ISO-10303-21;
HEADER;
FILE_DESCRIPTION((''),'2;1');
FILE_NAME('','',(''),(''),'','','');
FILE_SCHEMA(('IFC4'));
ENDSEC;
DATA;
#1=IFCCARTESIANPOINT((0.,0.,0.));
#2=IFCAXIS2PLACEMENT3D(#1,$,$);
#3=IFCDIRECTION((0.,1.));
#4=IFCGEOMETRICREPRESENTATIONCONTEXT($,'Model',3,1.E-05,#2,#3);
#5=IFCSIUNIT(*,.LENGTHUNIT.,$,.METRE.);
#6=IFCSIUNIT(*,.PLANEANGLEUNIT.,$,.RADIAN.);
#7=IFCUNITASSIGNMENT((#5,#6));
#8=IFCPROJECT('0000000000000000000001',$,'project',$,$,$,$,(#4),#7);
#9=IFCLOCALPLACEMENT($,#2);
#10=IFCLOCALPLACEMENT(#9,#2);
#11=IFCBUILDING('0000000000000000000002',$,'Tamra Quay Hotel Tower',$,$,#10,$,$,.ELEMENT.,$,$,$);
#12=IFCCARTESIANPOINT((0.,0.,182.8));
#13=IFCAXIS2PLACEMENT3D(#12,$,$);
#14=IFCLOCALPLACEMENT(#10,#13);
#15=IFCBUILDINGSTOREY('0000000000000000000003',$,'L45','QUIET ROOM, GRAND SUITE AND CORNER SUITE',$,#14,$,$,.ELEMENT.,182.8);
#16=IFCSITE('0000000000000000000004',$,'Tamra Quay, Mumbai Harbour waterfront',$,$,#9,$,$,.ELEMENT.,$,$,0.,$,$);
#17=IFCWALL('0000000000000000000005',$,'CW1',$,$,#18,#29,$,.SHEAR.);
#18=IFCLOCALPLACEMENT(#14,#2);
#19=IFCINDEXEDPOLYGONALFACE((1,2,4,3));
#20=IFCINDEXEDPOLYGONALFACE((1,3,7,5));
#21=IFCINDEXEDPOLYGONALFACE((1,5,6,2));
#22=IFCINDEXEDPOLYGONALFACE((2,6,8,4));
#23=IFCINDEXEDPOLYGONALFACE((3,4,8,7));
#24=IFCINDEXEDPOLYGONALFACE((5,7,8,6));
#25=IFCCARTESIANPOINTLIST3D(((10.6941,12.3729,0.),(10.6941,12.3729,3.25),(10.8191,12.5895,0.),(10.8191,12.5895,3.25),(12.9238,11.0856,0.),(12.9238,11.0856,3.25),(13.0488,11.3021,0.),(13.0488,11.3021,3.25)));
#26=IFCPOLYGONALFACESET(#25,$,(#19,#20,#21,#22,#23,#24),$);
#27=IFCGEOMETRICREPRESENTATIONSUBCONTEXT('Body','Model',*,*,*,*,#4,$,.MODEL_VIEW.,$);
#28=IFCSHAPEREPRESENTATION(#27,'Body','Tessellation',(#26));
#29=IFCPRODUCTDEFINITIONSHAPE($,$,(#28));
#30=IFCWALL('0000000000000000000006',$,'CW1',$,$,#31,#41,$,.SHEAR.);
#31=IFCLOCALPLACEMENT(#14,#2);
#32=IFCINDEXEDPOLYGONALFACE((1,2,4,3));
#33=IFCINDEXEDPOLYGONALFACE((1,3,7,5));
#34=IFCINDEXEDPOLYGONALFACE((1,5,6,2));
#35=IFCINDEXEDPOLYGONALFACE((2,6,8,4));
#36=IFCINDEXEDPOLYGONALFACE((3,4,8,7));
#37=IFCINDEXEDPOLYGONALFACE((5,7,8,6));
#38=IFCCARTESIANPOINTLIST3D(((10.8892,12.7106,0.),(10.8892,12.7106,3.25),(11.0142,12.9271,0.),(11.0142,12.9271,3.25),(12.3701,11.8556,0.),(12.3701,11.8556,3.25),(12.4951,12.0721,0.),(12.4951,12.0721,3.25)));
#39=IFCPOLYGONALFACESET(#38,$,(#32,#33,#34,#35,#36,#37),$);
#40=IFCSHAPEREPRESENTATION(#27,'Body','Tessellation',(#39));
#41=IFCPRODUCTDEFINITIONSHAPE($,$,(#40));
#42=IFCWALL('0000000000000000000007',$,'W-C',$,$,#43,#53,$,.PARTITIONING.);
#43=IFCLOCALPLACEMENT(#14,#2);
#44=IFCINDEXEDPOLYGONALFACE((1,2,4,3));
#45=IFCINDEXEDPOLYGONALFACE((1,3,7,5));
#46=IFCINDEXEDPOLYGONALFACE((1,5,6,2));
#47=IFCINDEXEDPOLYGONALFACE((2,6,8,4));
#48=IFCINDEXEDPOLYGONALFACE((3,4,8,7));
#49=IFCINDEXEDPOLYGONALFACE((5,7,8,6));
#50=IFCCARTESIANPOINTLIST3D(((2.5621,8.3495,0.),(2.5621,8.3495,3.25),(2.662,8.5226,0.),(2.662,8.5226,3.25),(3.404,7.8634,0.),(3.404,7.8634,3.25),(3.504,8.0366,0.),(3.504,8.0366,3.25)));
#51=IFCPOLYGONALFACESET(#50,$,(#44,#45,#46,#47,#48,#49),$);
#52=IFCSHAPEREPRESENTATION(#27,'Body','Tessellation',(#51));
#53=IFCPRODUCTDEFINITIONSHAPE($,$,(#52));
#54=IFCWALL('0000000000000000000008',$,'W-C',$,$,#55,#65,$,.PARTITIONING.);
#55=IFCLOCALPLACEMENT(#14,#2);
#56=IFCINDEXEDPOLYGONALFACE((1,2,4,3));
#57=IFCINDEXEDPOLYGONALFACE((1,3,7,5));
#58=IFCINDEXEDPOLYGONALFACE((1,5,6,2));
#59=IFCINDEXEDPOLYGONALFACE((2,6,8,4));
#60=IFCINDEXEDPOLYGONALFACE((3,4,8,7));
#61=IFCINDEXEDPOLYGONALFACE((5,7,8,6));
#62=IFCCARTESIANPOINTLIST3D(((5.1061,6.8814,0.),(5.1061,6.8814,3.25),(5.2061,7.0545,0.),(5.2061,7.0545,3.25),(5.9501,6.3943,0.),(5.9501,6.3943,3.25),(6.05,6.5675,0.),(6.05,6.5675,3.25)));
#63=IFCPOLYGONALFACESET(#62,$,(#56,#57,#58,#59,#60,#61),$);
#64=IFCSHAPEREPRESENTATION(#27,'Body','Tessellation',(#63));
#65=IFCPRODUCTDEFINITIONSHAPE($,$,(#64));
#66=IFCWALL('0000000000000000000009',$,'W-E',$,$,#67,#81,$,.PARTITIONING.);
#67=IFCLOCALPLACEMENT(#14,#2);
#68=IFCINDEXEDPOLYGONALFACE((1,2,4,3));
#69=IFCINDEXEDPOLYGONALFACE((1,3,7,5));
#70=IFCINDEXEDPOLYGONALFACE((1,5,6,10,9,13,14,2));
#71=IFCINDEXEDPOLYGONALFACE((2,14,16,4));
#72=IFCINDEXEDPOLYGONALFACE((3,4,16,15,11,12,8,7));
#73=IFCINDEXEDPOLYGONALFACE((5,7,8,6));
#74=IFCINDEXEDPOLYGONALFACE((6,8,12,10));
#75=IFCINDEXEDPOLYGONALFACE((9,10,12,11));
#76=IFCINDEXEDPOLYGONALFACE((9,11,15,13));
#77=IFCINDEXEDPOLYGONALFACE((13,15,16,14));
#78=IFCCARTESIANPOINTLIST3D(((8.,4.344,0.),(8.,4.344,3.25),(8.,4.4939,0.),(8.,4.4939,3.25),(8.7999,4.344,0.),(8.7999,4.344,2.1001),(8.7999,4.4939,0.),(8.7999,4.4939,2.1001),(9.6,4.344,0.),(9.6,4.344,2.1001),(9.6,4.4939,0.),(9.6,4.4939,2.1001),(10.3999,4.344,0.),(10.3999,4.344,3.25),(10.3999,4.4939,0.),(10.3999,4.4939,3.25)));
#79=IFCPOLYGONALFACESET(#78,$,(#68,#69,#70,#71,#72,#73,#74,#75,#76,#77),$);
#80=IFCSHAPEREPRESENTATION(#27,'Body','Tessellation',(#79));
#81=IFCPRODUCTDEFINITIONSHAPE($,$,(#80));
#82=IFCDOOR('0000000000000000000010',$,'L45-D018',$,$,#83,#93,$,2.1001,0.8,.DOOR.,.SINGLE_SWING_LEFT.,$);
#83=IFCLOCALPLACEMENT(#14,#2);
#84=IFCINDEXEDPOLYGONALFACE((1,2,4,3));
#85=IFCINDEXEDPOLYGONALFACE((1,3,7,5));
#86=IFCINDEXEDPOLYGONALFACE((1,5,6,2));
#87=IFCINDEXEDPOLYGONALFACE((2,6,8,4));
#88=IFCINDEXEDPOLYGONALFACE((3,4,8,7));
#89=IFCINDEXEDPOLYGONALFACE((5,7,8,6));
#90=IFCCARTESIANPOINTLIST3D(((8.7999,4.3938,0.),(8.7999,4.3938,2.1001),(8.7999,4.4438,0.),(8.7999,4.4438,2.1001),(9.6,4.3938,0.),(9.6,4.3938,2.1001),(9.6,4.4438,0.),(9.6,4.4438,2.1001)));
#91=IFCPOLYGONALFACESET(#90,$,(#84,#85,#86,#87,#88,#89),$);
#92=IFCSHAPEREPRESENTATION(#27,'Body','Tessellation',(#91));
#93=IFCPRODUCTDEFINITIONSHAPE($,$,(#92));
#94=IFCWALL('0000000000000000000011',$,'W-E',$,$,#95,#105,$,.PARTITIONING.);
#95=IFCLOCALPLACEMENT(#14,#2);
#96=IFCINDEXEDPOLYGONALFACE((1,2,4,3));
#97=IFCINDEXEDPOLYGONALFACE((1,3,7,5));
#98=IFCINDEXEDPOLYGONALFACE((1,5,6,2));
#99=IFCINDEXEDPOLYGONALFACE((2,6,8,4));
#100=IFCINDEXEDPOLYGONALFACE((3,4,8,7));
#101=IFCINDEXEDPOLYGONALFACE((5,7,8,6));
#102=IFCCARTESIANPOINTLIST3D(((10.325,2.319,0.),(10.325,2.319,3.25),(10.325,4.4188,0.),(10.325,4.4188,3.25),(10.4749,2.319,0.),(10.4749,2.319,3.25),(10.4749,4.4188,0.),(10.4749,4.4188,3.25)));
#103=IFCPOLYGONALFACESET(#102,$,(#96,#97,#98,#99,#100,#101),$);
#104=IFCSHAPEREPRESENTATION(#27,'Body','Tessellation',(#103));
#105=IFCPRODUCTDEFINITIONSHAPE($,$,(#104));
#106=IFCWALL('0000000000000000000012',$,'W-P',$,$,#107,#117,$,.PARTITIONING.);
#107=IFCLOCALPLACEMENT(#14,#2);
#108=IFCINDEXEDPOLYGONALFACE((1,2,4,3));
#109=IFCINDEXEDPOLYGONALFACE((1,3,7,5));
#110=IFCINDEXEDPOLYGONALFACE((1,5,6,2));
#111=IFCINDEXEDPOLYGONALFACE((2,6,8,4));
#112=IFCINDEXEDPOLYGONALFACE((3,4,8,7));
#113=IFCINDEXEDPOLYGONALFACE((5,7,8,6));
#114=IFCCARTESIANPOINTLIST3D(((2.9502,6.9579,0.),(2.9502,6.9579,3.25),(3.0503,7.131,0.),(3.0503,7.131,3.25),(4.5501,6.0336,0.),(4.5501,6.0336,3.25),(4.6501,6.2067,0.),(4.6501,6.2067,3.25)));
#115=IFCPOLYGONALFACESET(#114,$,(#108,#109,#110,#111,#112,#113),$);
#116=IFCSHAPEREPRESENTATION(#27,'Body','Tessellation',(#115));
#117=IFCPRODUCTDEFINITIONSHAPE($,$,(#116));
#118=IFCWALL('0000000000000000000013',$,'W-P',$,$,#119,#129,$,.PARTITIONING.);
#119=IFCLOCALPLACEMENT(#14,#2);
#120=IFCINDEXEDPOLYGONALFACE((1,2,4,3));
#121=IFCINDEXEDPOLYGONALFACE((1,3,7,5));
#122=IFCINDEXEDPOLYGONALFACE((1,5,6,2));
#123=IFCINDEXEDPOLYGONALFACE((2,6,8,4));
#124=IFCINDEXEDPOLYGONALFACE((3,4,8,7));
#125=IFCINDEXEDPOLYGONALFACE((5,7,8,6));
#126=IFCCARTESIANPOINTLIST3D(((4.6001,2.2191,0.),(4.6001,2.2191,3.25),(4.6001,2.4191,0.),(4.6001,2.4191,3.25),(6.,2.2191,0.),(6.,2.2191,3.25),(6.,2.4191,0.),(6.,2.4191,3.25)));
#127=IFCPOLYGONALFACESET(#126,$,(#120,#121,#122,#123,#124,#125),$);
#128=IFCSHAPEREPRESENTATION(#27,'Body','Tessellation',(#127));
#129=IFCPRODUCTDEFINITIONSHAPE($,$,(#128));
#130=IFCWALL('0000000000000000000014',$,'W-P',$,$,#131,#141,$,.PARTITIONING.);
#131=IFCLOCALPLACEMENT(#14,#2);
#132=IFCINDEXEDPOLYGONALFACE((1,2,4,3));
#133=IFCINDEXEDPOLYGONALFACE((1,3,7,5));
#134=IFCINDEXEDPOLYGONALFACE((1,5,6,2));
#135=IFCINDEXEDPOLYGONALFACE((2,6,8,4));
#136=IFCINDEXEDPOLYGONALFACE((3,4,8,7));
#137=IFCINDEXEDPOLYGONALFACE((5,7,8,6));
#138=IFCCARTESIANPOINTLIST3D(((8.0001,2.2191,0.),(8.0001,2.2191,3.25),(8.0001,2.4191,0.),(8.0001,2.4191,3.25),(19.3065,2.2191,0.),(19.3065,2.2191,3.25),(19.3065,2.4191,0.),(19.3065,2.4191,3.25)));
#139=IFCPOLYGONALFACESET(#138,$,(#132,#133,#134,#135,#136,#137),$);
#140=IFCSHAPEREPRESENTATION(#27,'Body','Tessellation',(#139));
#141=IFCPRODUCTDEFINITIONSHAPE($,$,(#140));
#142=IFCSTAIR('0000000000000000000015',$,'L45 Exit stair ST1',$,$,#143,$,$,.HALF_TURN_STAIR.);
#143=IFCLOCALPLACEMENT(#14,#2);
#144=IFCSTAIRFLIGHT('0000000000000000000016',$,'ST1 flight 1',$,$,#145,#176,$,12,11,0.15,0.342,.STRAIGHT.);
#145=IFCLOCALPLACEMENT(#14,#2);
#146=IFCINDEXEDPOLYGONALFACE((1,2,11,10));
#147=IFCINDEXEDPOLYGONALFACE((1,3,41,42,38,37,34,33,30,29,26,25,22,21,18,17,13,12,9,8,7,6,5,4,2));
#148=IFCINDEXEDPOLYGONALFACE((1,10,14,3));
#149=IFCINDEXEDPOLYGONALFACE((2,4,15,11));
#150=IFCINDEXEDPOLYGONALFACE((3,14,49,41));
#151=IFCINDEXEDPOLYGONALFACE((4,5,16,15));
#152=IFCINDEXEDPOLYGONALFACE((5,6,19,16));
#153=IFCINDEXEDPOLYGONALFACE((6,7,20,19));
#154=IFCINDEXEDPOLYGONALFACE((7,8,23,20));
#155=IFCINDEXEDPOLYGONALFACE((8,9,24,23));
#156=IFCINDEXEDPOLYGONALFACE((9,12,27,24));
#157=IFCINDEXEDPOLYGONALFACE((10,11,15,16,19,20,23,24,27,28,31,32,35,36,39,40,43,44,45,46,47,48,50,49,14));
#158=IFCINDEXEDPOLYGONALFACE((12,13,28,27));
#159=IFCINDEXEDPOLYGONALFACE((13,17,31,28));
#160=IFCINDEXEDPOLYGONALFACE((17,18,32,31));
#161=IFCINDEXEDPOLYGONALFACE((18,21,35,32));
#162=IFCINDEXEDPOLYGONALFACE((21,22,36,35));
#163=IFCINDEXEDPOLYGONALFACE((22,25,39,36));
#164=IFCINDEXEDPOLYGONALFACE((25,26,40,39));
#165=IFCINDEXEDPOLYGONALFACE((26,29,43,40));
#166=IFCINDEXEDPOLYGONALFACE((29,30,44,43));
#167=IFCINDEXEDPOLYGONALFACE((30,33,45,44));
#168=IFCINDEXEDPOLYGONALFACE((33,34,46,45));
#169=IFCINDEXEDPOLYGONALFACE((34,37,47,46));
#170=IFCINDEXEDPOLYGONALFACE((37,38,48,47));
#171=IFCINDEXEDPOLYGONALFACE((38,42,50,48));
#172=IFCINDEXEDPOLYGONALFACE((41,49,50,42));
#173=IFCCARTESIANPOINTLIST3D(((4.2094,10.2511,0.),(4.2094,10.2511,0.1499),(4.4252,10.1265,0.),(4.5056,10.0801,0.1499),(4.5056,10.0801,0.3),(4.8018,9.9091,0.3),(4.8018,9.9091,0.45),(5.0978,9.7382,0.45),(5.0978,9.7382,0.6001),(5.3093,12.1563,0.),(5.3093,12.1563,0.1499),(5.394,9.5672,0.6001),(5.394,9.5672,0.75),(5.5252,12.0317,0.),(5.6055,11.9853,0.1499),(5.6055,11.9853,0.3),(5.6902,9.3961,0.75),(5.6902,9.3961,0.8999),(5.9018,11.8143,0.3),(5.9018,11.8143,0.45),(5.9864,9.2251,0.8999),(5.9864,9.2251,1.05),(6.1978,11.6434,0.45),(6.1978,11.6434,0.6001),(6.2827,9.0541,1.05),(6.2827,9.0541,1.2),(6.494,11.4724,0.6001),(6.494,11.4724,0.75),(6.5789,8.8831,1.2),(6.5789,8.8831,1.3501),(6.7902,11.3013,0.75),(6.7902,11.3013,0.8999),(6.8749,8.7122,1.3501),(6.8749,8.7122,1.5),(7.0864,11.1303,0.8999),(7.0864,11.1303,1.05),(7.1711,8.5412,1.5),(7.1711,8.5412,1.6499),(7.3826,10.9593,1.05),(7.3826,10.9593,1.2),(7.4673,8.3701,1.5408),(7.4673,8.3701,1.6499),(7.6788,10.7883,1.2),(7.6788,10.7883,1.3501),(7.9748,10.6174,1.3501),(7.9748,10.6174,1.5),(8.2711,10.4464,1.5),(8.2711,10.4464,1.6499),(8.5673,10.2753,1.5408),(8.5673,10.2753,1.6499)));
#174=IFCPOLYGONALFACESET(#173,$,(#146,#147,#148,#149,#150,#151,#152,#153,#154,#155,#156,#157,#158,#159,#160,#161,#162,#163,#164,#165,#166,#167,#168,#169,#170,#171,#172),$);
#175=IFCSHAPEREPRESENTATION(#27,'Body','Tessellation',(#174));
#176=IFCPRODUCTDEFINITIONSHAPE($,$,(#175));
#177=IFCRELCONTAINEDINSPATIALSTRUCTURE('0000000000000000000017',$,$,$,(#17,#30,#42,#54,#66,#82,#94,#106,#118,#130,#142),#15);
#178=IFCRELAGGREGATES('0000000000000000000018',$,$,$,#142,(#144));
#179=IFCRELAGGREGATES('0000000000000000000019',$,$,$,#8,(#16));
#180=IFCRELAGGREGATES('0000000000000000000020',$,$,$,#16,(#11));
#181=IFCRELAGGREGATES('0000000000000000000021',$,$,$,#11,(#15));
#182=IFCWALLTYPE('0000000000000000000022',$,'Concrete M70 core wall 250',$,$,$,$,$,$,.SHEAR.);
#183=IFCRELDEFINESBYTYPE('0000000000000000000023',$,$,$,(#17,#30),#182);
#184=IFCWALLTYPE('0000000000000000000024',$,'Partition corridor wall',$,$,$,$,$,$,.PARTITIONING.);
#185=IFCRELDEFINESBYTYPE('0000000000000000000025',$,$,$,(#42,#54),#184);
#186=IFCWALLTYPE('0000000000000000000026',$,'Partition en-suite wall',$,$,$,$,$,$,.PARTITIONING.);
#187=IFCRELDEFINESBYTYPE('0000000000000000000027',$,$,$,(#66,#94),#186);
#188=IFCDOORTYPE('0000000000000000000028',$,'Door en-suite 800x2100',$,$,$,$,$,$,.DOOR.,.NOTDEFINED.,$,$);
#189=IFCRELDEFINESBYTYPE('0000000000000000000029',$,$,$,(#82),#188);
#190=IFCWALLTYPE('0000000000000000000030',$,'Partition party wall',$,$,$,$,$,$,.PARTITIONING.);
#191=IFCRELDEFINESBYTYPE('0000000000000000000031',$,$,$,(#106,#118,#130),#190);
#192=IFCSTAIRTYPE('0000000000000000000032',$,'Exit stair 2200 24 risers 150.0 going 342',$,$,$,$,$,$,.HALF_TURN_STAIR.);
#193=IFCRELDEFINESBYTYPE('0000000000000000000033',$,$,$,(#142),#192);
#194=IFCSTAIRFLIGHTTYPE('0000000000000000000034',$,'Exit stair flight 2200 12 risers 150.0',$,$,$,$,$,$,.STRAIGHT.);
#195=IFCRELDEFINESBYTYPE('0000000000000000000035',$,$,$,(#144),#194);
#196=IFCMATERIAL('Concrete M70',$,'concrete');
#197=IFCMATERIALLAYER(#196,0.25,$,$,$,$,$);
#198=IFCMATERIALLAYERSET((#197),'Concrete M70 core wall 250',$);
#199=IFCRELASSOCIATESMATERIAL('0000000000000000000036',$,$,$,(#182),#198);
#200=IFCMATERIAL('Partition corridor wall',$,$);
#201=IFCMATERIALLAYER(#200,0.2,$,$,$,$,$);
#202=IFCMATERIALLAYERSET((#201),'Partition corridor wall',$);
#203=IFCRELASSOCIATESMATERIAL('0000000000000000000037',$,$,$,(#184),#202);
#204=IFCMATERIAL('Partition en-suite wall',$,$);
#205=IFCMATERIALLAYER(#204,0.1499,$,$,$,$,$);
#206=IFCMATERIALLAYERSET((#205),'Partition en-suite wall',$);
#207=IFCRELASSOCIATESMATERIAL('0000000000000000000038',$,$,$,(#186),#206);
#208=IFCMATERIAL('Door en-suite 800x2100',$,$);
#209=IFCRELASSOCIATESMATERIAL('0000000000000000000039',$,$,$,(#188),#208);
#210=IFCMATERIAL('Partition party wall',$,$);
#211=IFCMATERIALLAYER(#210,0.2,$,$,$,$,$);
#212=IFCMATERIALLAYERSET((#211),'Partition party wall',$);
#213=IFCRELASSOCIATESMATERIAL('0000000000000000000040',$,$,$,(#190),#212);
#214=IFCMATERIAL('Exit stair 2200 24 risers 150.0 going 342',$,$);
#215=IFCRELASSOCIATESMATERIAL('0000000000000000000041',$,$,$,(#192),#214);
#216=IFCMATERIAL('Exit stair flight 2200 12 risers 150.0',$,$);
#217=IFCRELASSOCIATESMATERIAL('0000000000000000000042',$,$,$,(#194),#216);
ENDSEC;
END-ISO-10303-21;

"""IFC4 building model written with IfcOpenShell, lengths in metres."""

from ifc_helpers import new_model, si_unit, direction, frame, frame_2d, origin, place, context, subcontext, project, spatial, polyline, rectangle, outline, extrude, material, layer, layer_set, type_object, element, fill, aggregate, save


model = new_model("IFC4")

# Units and contexts
model_context = context("Model", 3, precision=1e-05, world=origin(), true_north=direction((0.0, 1.0)))
body_context = subcontext(model_context, "Body", "Model", "MODEL_VIEW")
ifc_project = project(units=[si_unit("LENGTHUNIT", "METRE"), si_unit("PLANEANGLEUNIT", "RADIAN")], contexts=[model_context])

# Site, building, storey
site_placement = place(None, origin())
site = spatial("IfcSite", under=ifc_project, at=site_placement, Name="Tamra Quay, Mumbai Harbour waterfront", CompositionType="ELEMENT", RefElevation=0.0)
building_placement = place(site_placement, origin())
building = spatial("IfcBuilding", under=site, at=building_placement, Name="Tamra Quay Hotel Tower", CompositionType="ELEMENT")
storey_placement = place(building_placement, frame((0.0, 0.0, 182.8)))
storey = spatial("IfcBuildingStorey", under=building, at=storey_placement, Name="L45", Description="QUIET ROOM, GRAND SUITE AND CORNER SUITE", CompositionType="ELEMENT", Elevation=182.8)

# Shared definitions
ifc_material_1 = material(Name="Concrete M70", Category="concrete")

# Shared definitions
ifc_layer_1 = layer(ifc_material_1, 0.25)
ifc_layer_set_1 = layer_set([ifc_layer_1], Name="Concrete M70 core wall 250")
wall_type_1 = type_object("IfcWallType", Name="Concrete M70 core wall 250", PredefinedType="SHEAR", material=ifc_layer_set_1)

# Walls
wall_1_placement = place(storey_placement, frame((10.7566, 12.4812, 0.0), z_axis=(0.0, 0.0, 1.0), x_axis=(0.866023, -0.500004, 0.0)))
element("IfcWall", 1, at=wall_1_placement, inside=storey, type_object=wall_type_1, Name="CW1", PredefinedType="SHEAR", context=body_context, shape_type="SweptSolid", body=[
    extrude(rectangle(XDim=2.5747, YDim=0.25, at=frame_2d((1.2874, 0.0))), origin(), (0.0, 0.0, 1.0), 3.25),
])
wall_2_placement = place(storey_placement, frame((12.4326, 11.9639, 0.0), z_axis=(0.0, 0.0, 1.0), x_axis=(-0.866038, 0.499978, 0.0)))
element("IfcWall", 2, at=wall_2_placement, inside=storey, type_object=wall_type_1, Name="CW1", PredefinedType="SHEAR", context=body_context, shape_type="SweptSolid", body=[
    extrude(rectangle(XDim=1.71, YDim=0.25, at=frame_2d((0.855, 0.0))), origin(), (0.0, 0.0, 1.0), 3.25),
])
ifc_material_2 = material(Name="Partition corridor wall")
ifc_layer_2 = layer(ifc_material_2, 0.2)
ifc_layer_set_2 = layer_set([ifc_layer_2], Name="Partition corridor wall")
wall_type_2 = type_object("IfcWallType", Name="Partition corridor wall", PredefinedType="PARTITIONING", material=ifc_layer_set_2)
wall_3_placement = place(storey_placement, frame((2.6121, 8.436, 0.0), z_axis=(0.0, 0.0, 1.0), x_axis=(0.866056, -0.499947, 0.0)))
element("IfcWall", 3, at=wall_3_placement, inside=storey, type_object=wall_type_2, Name="W-C", PredefinedType="PARTITIONING", context=body_context, shape_type="SweptSolid", body=[
    extrude(rectangle(XDim=0.9722, YDim=0.2, at=frame_2d((0.4861, 0.0))), origin(), (0.0, 0.0, 1.0), 3.25),
])
wall_4_placement = place(storey_placement, frame((5.156, 6.968, 0.0), z_axis=(0.0, 0.0, 1.0), x_axis=(0.866123, -0.499831, 0.0)))
element("IfcWall", 4, at=wall_4_placement, inside=storey, type_object=wall_type_2, Name="W-C", PredefinedType="PARTITIONING", context=body_context, shape_type="SweptSolid", body=[
    extrude(rectangle(XDim=0.9744, YDim=0.2, at=frame_2d((0.4873, 0.0))), origin(), (0.0, 0.0, 1.0), 3.25),
])

# Wall, opening, door
ifc_material_3 = material(Name="Partition en-suite wall")
ifc_layer_3 = layer(ifc_material_3, 0.1499)
ifc_layer_set_3 = layer_set([ifc_layer_3], Name="Partition en-suite wall")
wall_type_3 = type_object("IfcWallType", Name="Partition en-suite wall", PredefinedType="PARTITIONING", material=ifc_layer_set_3)
wall_5_placement = place(storey_placement, frame((8.0, 4.4189, 0.0), z_axis=(0.0, 0.0, 1.0), x_axis=(1.0, 0.0, 0.0)))
wall_5 = element("IfcWall", 5, at=wall_5_placement, inside=storey, type_object=wall_type_3, Name="W-E", PredefinedType="PARTITIONING", context=body_context, shape_type="SweptSolid", body=[
    extrude(rectangle(XDim=2.3999, YDim=0.1499, at=frame_2d((1.2, 0.0))), origin(), (0.0, 0.0, 1.0), 3.25),
])
opening_1_placement = place(wall_5_placement, frame((0.8, 0.0, 0.0)))
opening_1 = element("IfcOpeningElement", 6, at=opening_1_placement, cuts=wall_5, PredefinedType="OPENING", context=body_context, shape_type="SweptSolid", body=[
    extrude(rectangle(XDim=0.8, YDim=2.1001, at=frame_2d((0.3999, 1.05))), frame((0.0, 0.085, 0.0), z_axis=(0.0, -1.0, 0.0), x_axis=(1.0, 0.0, 0.0)), (0.0, 0.0, 1.0), 0.1699),
])
ifc_material_4 = material(Name="Door en-suite 800x2100")
door_type_1 = type_object("IfcDoorType", Name="Door en-suite 800x2100", OperationType="NOTDEFINED", PredefinedType="DOOR", material=ifc_material_4)
door_1_placement = place(opening_1_placement, origin())
door_1 = element("IfcDoor", 7, at=door_1_placement, inside=storey, type_object=door_type_1, Name="L45-D018", OperationType="SINGLE_SWING_LEFT", OverallHeight=2.1001, OverallWidth=0.8, PredefinedType="DOOR", context=body_context, shape_type="SweptSolid", body=[
    extrude(rectangle(XDim=0.8, YDim=2.1001, at=frame_2d((0.3999, 1.05))), frame((0.0, 0.0249, 0.0), z_axis=(0.0, -1.0, 0.0), x_axis=(1.0, 0.0, 0.0)), (0.0, 0.0, 1.0), 0.05),
])
fill(opening_1, door_1)

# Walls
wall_6_placement = place(storey_placement, frame((10.3999, 2.3191, 0.0), z_axis=(0.0, 0.0, 1.0), x_axis=(0.0, 1.0, 0.0)))
element("IfcWall", 8, at=wall_6_placement, inside=storey, type_object=wall_type_3, Name="W-E", PredefinedType="PARTITIONING", context=body_context, shape_type="SweptSolid", body=[
    extrude(rectangle(XDim=2.0999, YDim=0.1499, at=frame_2d((1.0498, 0.0))), origin(), (0.0, 0.0, 1.0), 3.25),
])
ifc_material_5 = material(Name="Partition party wall")
ifc_layer_4 = layer(ifc_material_5, 0.2)
ifc_layer_set_4 = layer_set([ifc_layer_4], Name="Partition party wall")
wall_type_4 = type_object("IfcWallType", Name="Partition party wall", PredefinedType="PARTITIONING", material=ifc_layer_set_4)
wall_7_placement = place(storey_placement, frame((3.0002, 7.0444, 0.0), z_axis=(0.0, 0.0, 1.0), x_axis=(0.865875, -0.50026, 0.0)))
element("IfcWall", 9, at=wall_7_placement, inside=storey, type_object=wall_type_4, Name="W-P", PredefinedType="PARTITIONING", context=body_context, shape_type="SweptSolid", body=[
    extrude(rectangle(XDim=1.8477, YDim=0.2, at=frame_2d((0.9238, 0.0))), origin(), (0.0, 0.0, 1.0), 3.25),
])
wall_8_placement = place(storey_placement, frame((4.6001, 2.3191, 0.0), z_axis=(0.0, 0.0, 1.0), x_axis=(1.0, 0.0, 0.0)))
element("IfcWall", 10, at=wall_8_placement, inside=storey, type_object=wall_type_4, Name="W-P", PredefinedType="PARTITIONING", context=body_context, shape_type="SweptSolid", body=[
    extrude(rectangle(XDim=1.3999, YDim=0.2, at=frame_2d((0.7, 0.0))), origin(), (0.0, 0.0, 1.0), 3.25),
])
wall_9_placement = place(storey_placement, frame((8.0, 2.3191, 0.0), z_axis=(0.0, 0.0, 1.0), x_axis=(1.0, 0.0, 0.0)))
element("IfcWall", 11, at=wall_9_placement, inside=storey, type_object=wall_type_4, Name="W-P", PredefinedType="PARTITIONING", context=body_context, shape_type="SweptSolid", body=[
    extrude(rectangle(XDim=11.3064, YDim=0.2, at=frame_2d((5.6533, 0.0))), origin(), (0.0, 0.0, 1.0), 3.25),
])

# Stair, stair flight
ifc_material_6 = material(Name="Exit stair 2200 24 risers 150.0 going 342")
stair_type = type_object("IfcStairType", Name="Exit stair 2200 24 risers 150.0 going 342", PredefinedType="HALF_TURN_STAIR", material=ifc_material_6)
stair_placement = place(storey_placement, origin())
stair = element("IfcStair", 12, at=stair_placement, inside=storey, type_object=stair_type, Name="L45 Exit stair ST1", PredefinedType="HALF_TURN_STAIR")
ifc_material_7 = material(Name="Exit stair flight 2200 12 risers 150.0")
stair_flight_type = type_object("IfcStairFlightType", Name="Exit stair flight 2200 12 risers 150.0", PredefinedType="STRAIGHT", material=ifc_material_7)
stair_flight_1_placement = place(storey_placement, frame((4.7593, 11.2036, 0.0), z_axis=(0.0, 0.0, 1.0), x_axis=(0.866025, -0.5, 0.0)))
stair_flight_1 = element("IfcStairFlight", 13, at=stair_flight_1_placement, type_object=stair_flight_type, Name="ST1 flight 1", NumberOfRisers=12, NumberOfTreads=11, PredefinedType="STRAIGHT", RiserHeight=0.15, TreadLength=0.342, context=body_context, shape_type="SweptSolid", body=[
    extrude(outline(polyline([(0.0, 0.0), (0.0, 0.1499), (0.342, 0.1499), (0.342, 0.3), (0.6841, 0.3), (0.6841, 0.45), (1.0259, 0.45), (1.0259, 0.6001), (1.3679, 0.6001), (1.3679, 0.75), (1.71, 0.75), (1.71, 0.8999), (2.052, 0.8999), (2.052, 1.05), (2.394, 1.05), (2.394, 1.2), (2.7361, 1.2), (2.7361, 1.3501), (3.0779, 1.3501), (3.0779, 1.5), (3.4199, 1.5), (3.4199, 1.6499), (3.762, 1.6499), (3.762, 1.8), (3.762, 1.5408), (0.2493, 0.0), (0.0, 0.0)])), frame((0.0, 1.1001, 0.0), z_axis=(0.0, -1.0, 0.0), x_axis=(1.0, 0.0, 0.0)), (0.0, 0.0, 1.0), 2.2),
])
aggregate(stair, [stair_flight_1])

save(model, "model.ifc")
